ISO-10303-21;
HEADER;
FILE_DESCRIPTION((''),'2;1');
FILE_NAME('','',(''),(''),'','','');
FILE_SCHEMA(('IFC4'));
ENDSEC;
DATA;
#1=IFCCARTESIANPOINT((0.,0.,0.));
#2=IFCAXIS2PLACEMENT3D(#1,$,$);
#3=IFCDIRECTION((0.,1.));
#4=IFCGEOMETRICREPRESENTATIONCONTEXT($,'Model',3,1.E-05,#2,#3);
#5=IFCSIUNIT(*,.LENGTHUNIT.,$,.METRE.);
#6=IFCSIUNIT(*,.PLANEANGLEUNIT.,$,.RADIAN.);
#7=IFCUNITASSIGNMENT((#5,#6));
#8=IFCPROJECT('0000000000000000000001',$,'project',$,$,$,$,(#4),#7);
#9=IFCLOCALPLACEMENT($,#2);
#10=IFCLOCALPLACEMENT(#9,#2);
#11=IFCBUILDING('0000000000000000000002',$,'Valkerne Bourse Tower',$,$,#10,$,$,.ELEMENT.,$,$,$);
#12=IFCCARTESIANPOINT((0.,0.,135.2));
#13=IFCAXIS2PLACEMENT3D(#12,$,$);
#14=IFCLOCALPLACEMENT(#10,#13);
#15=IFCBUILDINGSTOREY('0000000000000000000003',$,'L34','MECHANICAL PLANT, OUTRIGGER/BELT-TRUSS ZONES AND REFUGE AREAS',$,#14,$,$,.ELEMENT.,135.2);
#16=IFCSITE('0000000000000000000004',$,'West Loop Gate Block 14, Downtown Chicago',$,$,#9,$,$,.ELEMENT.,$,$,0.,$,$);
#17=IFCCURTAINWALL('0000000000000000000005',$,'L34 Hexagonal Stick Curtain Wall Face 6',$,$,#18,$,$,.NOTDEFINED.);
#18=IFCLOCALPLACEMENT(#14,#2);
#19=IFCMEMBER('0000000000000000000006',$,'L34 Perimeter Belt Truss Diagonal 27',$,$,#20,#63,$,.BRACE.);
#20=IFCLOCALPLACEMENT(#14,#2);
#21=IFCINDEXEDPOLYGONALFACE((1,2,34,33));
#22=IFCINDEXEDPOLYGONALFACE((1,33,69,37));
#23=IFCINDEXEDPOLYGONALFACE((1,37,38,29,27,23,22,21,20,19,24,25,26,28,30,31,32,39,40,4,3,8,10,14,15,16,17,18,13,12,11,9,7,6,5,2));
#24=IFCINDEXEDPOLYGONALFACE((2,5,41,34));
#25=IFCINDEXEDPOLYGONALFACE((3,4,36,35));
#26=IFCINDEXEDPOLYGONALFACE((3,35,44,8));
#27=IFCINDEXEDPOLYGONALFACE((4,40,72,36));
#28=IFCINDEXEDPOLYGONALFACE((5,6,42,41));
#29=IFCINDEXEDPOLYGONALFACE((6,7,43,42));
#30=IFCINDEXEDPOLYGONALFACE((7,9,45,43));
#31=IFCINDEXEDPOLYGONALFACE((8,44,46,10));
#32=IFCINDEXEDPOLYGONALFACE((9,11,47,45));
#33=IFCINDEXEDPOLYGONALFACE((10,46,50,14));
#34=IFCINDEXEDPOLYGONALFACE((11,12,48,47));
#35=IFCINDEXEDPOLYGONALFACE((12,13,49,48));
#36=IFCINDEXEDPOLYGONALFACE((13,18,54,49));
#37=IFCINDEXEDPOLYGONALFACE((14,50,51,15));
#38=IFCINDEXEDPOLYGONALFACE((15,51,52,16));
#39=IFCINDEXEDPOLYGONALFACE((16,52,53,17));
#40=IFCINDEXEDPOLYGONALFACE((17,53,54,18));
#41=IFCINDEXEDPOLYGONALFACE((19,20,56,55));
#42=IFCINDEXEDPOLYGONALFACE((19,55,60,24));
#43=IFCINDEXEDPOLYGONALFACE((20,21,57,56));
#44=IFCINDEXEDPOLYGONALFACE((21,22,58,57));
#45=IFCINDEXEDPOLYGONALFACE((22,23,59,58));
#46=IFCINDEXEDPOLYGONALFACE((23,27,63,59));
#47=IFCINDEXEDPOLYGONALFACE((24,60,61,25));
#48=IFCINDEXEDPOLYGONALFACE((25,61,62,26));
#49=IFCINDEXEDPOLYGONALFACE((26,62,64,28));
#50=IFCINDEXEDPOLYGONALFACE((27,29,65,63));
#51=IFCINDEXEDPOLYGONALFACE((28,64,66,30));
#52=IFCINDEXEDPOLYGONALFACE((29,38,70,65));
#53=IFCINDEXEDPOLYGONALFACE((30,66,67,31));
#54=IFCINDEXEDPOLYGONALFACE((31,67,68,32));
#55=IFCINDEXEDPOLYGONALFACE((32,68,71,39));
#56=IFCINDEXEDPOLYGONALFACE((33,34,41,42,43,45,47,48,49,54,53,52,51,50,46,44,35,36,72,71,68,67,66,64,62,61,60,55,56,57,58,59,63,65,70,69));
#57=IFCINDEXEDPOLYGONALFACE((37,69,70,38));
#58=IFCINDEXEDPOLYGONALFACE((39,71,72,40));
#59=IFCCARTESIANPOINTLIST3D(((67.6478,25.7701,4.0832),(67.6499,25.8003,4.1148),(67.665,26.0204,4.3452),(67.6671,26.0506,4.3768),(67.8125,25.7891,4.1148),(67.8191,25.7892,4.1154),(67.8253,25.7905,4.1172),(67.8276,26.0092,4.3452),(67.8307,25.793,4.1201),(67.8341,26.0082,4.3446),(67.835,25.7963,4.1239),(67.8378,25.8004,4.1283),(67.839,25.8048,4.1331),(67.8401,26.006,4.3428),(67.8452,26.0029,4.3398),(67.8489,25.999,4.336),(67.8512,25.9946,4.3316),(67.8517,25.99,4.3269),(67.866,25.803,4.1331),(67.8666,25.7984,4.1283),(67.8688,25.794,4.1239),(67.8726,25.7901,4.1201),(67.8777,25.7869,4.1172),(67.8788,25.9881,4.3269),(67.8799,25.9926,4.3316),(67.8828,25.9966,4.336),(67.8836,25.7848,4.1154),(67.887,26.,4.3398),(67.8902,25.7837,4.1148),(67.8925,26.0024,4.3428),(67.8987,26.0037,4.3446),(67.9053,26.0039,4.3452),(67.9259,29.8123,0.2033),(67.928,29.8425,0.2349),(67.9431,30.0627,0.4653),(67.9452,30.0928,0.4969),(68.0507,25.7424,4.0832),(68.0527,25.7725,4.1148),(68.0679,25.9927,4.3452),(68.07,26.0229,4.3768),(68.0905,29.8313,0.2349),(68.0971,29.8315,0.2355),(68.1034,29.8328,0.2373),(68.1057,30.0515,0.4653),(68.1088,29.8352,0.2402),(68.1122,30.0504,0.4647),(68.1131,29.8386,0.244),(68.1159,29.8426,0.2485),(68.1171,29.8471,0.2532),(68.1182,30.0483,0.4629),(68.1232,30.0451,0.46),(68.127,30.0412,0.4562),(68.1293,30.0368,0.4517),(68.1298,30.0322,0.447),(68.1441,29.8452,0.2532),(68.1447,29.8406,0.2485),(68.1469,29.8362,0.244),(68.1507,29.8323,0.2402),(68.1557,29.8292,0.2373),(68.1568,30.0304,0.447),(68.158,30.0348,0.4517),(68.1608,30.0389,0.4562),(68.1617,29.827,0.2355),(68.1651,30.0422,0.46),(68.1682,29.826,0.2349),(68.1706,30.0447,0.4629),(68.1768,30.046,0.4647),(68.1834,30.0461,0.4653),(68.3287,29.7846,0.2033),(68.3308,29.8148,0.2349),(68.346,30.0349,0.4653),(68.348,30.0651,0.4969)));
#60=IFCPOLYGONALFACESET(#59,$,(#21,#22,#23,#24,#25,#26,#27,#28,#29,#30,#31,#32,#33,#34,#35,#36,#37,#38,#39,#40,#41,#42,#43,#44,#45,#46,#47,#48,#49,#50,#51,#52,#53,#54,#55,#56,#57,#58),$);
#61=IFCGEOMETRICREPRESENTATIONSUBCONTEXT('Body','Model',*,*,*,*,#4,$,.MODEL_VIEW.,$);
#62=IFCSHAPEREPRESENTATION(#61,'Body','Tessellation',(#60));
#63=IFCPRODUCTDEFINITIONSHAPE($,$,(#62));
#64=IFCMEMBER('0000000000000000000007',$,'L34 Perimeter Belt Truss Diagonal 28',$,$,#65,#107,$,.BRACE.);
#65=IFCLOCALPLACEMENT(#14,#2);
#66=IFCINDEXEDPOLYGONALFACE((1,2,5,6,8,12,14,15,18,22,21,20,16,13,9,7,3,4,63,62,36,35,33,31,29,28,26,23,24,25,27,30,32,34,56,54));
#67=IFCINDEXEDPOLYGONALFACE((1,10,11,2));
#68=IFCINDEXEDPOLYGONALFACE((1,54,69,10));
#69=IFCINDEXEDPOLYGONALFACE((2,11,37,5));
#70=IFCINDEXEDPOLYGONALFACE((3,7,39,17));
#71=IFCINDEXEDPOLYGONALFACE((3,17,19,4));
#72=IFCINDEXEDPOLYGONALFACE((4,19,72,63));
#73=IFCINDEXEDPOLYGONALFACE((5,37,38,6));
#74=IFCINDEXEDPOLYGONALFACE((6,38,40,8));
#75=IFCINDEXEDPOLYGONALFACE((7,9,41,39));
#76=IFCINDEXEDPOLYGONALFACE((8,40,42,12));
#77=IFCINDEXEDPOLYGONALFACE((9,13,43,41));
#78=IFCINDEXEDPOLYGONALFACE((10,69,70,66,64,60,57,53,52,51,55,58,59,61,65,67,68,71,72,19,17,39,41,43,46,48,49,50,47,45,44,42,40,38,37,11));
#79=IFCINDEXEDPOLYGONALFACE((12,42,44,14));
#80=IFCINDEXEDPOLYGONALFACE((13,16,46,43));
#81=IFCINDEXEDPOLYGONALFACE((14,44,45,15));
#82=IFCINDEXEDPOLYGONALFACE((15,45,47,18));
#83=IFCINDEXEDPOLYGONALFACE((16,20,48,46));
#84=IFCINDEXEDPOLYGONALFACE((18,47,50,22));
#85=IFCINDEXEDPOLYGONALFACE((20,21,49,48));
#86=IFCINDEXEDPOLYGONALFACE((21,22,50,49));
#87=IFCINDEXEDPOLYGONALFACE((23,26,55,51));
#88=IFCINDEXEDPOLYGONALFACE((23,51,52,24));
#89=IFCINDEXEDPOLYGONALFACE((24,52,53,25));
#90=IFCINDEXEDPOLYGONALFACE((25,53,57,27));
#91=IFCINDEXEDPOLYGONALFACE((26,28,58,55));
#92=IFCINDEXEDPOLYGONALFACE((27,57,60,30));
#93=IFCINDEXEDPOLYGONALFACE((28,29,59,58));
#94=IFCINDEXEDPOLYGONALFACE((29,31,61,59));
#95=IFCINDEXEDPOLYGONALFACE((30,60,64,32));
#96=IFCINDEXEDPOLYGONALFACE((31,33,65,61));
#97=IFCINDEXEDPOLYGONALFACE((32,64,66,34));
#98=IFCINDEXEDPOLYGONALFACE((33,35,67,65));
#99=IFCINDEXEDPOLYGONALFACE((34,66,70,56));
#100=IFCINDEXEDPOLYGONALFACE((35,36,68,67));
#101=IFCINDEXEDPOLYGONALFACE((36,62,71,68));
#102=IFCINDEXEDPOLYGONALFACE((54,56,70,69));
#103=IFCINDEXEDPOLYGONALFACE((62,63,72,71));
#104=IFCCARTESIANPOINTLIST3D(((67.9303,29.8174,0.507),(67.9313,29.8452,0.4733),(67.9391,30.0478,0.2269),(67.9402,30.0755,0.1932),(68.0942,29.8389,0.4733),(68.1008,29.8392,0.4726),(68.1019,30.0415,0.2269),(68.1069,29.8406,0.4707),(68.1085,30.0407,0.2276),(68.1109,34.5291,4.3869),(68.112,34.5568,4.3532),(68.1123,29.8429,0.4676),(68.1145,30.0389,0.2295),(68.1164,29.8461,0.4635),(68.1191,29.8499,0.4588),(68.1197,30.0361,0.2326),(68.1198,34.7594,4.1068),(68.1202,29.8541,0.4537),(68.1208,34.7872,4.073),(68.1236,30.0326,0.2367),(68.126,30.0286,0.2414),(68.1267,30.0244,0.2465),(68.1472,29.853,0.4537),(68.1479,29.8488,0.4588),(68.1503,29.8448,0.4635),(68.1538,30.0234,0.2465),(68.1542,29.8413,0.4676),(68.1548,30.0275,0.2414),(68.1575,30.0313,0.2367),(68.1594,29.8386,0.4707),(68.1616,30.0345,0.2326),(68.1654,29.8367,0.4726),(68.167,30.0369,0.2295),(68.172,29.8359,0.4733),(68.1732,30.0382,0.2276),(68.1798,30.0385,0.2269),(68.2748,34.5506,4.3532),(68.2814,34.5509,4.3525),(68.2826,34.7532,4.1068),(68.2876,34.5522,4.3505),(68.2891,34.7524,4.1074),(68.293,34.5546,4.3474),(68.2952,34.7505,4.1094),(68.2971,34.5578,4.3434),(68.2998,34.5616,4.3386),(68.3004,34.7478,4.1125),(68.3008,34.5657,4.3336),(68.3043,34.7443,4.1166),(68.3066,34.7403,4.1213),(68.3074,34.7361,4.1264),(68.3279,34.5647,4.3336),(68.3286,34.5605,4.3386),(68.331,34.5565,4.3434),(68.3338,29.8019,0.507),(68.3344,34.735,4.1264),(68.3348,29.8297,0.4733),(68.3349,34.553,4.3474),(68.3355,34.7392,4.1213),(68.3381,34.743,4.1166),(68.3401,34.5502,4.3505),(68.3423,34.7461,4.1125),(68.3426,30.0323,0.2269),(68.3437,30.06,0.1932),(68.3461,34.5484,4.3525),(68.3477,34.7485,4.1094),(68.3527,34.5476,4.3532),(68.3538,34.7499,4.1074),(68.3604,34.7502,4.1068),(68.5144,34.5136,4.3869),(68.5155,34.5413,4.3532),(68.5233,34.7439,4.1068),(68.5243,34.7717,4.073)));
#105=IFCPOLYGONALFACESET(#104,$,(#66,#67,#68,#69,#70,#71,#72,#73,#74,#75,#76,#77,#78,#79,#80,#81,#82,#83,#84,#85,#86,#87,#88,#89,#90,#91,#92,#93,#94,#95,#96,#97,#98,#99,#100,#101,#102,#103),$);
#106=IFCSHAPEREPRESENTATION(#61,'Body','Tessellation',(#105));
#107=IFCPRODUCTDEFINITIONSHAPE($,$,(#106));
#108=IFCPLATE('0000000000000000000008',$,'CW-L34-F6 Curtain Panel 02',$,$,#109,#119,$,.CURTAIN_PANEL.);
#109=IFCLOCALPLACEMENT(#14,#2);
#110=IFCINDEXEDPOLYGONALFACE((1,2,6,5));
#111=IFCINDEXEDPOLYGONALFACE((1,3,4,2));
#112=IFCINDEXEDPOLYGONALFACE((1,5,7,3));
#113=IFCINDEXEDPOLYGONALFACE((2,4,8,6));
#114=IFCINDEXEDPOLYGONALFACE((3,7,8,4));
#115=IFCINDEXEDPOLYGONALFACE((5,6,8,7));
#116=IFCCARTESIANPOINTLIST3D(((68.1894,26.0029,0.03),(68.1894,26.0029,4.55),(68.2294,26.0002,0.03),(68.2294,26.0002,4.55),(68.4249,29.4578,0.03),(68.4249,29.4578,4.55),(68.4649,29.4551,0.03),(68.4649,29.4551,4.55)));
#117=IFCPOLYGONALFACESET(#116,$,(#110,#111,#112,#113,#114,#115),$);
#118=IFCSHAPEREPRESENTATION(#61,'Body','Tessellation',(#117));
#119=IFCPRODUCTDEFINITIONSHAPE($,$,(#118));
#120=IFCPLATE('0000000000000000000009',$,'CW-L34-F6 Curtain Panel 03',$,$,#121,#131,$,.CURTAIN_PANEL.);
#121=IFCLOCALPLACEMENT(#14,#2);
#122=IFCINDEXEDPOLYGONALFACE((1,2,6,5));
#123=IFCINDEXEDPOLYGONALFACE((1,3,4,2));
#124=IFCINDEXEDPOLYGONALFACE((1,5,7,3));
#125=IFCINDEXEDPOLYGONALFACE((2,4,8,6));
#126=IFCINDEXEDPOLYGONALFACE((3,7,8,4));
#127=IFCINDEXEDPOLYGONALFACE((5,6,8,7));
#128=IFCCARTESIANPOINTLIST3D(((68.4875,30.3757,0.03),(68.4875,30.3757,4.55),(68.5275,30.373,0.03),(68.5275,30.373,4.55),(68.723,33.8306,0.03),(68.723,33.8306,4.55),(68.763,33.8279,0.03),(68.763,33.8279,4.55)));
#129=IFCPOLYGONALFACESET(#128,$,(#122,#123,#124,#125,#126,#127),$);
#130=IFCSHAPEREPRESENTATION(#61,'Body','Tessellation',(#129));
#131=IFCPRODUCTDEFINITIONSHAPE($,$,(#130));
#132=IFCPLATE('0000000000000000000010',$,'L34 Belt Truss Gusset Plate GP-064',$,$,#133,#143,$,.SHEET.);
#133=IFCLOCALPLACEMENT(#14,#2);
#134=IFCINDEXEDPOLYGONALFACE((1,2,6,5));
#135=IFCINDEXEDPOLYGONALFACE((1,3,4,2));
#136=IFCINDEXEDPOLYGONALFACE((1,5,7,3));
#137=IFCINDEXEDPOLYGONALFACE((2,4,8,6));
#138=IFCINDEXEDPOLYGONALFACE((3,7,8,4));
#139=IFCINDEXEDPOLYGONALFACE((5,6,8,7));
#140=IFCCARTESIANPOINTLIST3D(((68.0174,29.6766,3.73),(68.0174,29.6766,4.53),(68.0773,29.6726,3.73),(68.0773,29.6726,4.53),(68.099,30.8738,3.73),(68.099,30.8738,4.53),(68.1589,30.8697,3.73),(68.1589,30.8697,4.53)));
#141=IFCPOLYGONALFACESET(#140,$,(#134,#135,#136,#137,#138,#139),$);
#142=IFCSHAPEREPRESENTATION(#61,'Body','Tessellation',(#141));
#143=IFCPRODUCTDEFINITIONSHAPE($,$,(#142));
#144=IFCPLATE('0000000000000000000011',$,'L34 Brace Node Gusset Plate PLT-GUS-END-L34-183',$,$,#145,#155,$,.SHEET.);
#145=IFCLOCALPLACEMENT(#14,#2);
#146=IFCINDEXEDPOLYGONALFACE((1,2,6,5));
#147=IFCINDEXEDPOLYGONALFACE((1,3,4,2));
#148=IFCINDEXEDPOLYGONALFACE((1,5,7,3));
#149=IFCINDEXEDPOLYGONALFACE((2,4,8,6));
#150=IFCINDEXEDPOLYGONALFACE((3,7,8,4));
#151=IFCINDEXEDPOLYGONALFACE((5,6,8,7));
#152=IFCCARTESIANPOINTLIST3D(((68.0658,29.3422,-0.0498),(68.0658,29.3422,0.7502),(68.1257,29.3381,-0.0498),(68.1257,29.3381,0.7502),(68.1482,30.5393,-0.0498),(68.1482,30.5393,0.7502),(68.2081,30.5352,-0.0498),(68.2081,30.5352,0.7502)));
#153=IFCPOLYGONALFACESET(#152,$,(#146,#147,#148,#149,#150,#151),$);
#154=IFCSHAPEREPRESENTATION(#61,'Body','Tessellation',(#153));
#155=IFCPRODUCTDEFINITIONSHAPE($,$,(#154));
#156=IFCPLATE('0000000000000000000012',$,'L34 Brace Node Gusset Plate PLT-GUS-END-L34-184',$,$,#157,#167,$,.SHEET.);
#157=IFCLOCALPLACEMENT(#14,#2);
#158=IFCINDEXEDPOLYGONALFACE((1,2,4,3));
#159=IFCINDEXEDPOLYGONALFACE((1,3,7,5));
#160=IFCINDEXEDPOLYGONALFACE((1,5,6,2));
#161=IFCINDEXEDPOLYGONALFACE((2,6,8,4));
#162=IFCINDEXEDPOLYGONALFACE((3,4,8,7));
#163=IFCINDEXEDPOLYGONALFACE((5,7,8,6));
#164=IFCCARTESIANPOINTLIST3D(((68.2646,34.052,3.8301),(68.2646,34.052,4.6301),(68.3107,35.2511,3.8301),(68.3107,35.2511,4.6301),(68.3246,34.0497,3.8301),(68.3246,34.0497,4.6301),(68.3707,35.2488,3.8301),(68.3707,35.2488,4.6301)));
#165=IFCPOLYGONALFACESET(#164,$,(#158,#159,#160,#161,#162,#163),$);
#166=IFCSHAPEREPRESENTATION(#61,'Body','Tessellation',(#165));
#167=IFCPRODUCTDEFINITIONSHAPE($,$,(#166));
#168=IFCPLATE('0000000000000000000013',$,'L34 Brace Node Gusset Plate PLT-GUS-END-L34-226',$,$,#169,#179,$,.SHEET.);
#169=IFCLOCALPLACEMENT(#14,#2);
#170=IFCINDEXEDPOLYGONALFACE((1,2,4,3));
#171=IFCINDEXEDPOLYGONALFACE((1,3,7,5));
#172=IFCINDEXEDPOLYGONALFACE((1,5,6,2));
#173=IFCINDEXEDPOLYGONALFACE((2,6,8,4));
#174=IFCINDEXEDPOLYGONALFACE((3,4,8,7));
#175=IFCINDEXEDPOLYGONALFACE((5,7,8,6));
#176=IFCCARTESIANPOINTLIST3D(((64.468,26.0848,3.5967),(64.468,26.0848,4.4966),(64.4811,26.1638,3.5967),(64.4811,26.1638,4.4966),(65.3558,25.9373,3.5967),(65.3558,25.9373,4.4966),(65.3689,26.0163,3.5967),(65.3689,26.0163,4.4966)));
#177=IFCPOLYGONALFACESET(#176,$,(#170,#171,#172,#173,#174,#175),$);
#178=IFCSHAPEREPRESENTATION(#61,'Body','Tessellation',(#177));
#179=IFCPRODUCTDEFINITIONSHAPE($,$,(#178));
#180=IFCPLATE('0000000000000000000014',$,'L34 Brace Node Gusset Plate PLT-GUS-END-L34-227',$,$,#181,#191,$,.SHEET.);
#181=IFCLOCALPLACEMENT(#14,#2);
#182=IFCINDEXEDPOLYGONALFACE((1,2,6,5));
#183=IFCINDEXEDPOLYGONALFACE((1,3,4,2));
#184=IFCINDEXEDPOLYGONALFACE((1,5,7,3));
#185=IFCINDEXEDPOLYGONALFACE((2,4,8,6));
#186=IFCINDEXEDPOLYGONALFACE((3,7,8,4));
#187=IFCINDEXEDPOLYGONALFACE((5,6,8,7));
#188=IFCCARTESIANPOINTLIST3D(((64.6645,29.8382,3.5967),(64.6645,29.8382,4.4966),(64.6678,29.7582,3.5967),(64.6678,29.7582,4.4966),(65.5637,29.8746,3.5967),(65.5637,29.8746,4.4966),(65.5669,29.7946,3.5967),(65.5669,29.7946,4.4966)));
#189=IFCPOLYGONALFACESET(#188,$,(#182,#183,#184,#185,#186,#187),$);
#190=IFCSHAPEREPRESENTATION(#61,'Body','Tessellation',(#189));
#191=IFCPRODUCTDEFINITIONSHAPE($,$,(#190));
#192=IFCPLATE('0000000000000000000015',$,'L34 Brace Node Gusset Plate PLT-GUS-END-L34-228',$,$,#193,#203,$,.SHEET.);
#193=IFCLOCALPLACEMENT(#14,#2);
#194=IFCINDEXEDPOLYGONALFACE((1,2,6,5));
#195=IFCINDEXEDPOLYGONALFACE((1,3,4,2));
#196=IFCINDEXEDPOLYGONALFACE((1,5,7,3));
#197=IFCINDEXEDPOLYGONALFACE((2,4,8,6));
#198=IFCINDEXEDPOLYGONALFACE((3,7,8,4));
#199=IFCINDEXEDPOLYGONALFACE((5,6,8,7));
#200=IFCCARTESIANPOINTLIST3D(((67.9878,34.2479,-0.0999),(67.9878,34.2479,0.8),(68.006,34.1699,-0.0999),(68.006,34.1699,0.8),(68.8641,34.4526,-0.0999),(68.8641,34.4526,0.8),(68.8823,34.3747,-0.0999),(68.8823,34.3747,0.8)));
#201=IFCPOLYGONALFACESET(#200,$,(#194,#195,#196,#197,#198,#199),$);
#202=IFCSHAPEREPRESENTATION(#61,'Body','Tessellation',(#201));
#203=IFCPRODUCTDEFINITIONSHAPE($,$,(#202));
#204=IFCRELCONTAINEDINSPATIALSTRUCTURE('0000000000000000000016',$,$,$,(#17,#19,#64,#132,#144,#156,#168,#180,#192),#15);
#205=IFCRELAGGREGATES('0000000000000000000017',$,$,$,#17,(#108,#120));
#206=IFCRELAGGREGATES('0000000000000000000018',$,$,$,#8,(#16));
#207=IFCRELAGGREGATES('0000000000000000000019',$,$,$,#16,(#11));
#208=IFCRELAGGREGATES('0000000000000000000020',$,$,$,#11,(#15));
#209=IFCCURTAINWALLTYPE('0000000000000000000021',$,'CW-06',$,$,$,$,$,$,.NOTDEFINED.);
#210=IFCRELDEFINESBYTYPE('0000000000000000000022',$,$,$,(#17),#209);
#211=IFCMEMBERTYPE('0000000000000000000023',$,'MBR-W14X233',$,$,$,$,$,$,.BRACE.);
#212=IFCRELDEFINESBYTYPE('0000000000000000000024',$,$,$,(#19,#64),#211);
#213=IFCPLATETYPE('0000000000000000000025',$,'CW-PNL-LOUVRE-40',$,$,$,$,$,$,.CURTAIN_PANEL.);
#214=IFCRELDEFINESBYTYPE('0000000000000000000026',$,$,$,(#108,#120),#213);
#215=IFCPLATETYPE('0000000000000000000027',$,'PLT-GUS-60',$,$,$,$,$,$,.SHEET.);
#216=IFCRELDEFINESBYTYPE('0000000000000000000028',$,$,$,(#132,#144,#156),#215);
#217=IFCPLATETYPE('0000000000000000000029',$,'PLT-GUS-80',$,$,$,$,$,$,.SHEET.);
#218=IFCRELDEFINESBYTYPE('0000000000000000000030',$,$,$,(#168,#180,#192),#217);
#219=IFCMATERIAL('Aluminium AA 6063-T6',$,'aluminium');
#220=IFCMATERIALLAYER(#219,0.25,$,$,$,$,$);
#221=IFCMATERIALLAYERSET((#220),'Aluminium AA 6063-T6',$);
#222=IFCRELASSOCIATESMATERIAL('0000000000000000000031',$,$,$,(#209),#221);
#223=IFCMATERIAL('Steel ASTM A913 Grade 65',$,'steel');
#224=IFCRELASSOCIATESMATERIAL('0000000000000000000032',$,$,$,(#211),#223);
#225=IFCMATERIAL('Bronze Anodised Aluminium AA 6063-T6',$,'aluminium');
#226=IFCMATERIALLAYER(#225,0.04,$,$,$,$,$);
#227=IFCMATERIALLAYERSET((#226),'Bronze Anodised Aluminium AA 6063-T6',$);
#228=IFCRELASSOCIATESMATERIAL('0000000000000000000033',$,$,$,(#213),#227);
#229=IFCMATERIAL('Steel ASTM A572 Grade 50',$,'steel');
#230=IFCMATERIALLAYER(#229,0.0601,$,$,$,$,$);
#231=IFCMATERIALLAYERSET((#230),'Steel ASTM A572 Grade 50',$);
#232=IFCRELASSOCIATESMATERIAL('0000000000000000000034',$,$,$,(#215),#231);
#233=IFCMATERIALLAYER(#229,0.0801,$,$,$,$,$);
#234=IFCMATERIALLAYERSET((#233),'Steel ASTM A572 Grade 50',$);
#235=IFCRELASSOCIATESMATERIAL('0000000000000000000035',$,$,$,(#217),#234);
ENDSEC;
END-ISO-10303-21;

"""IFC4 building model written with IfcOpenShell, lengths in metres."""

from ifc_helpers import new_model, si_unit, direction, frame, origin, origin_2d, place, context, subcontext, project, spatial, rectangle, i_section, extrude, material, layer, layer_set, material_profile, profile_set, type_object, element, aggregate, save


model = new_model("IFC4")

# Units and contexts
model_context = context("Model", 3, precision=1e-05, world=origin(), true_north=direction((0.0, 1.0)))
body_context = subcontext(model_context, "Body", "Model", "MODEL_VIEW")
ifc_project = project(units=[si_unit("LENGTHUNIT", "METRE"), si_unit("PLANEANGLEUNIT", "RADIAN")], contexts=[model_context])

# Site, building, storey
site_placement = place(None, origin())
site = spatial("IfcSite", under=ifc_project, at=site_placement, Name="West Loop Gate Block 14, Downtown Chicago", CompositionType="ELEMENT", RefElevation=0.0)
building_placement = place(site_placement, origin())
building = spatial("IfcBuilding", under=site, at=building_placement, Name="Valkerne Bourse Tower", CompositionType="ELEMENT")
storey_placement = place(building_placement, frame((0.0, 0.0, 135.2)))
storey = spatial("IfcBuildingStorey", under=building, at=storey_placement, Name="L34", Description="MECHANICAL PLANT, OUTRIGGER/BELT-TRUSS ZONES AND REFUGE AREAS", CompositionType="ELEMENT", Elevation=135.2)

# Shared definitions
ifc_material_1 = material(Name="Steel ASTM A913 Grade 65", Category="steel")

# Curtain wall
ifc_material_2 = material(Name="Aluminium AA 6063-T6", Category="aluminium")
ifc_layer_1 = layer(ifc_material_2, 0.25)
ifc_layer_set_1 = layer_set([ifc_layer_1], Name="Aluminium AA 6063-T6")
curtain_wall_type = type_object("IfcCurtainWallType", Name="CW-06", PredefinedType="NOTDEFINED", material=ifc_layer_set_1)
curtain_wall_placement = place(storey_placement, origin())
curtain_wall = element("IfcCurtainWall", 1, at=curtain_wall_placement, inside=storey, type_object=curtain_wall_type, Name="L34 Hexagonal Stick Curtain Wall Face 6", PredefinedType="NOTDEFINED")

# Members
ifc_material_profile_1 = material_profile(ifc_material_1, i_section(OverallWidth=0.4038, OverallDepth=0.4065, WebThickness=0.0271, FlangeThickness=0.0437, FilletRadius=0.0254, at=origin_2d()), Name="W14X233")
ifc_profile_set_1 = profile_set([ifc_material_profile_1], Name="Steel ASTM A913 Grade 65")
member_type_1 = type_object("IfcMemberType", Name="MBR-W14X233", PredefinedType="BRACE", material=ifc_profile_set_1)
member_1_placement = place(storey_placement, frame((68.137, 29.9387, 0.3501), z_axis=(-0.049569, -0.72056, 0.691619), x_axis=(0.997642, -0.06863, 0.0)))
element("IfcMember", 2, at=member_1_placement, inside=storey, type_object=member_type_1, Name="L34 Perimeter Belt Truss Diagonal 27", PredefinedType="BRACE", context=body_context, shape_type="SweptSolid", body=[
    extrude(i_section(OverallWidth=0.4038, OverallDepth=0.4065, WebThickness=0.0271, FlangeThickness=0.0437, FilletRadius=0.0254, at=origin_2d()), origin(), (0.0, 0.0, 1.0), 5.6099),
])
member_2_placement = place(storey_placement, frame((68.137, 29.9387, 0.3501), z_axis=(0.029587, 0.771618, 0.635398), x_axis=(-0.999266, 0.038316, 0.0)))
element("IfcMember", 3, at=member_2_placement, inside=storey, type_object=member_type_1, Name="L34 Perimeter Belt Truss Diagonal 28", PredefinedType="BRACE", context=body_context, shape_type="SweptSolid", body=[
    extrude(i_section(OverallWidth=0.4038, OverallDepth=0.4065, WebThickness=0.0271, FlangeThickness=0.0437, FilletRadius=0.0254, at=origin_2d()), origin(), (0.0, 0.0, 1.0), 6.1062),
])

# Plates
ifc_material_3 = material(Name="Bronze Anodised Aluminium AA 6063-T6", Category="aluminium")
ifc_layer_2 = layer(ifc_material_3, 0.04)
ifc_layer_set_2 = layer_set([ifc_layer_2], Name="Bronze Anodised Aluminium AA 6063-T6")
plate_type_1 = type_object("IfcPlateType", Name="CW-PNL-LOUVRE-40", PredefinedType="CURTAIN_PANEL", material=ifc_layer_set_2)
plate_1_placement = place(storey_placement, frame((68.3271, 27.729, 0.03), z_axis=(0.0, 0.0, 1.0), x_axis=(0.068012, 0.997685, 0.0)))
plate_1 = element("IfcPlate", 4, at=plate_1_placement, type_object=plate_type_1, Name="CW-L34-F6 Curtain Panel 02", PredefinedType="CURTAIN_PANEL", context=body_context, shape_type="SweptSolid", body=[
    extrude(rectangle(XDim=3.4629, YDim=0.04, at=origin_2d()), origin(), (0.0, 0.0, 1.0), 4.52),
])
plate_2_placement = place(storey_placement, frame((68.6252, 32.1018, 0.03), z_axis=(0.0, 0.0, 1.0), x_axis=(0.068014, 0.997684, 0.0)))
plate_2 = element("IfcPlate", 5, at=plate_2_placement, type_object=plate_type_1, Name="CW-L34-F6 Curtain Panel 03", PredefinedType="CURTAIN_PANEL", context=body_context, shape_type="SweptSolid", body=[
    extrude(rectangle(XDim=3.4629, YDim=0.04, at=origin_2d()), origin(), (0.0, 0.0, 1.0), 4.52),
])
aggregate(curtain_wall, [plate_1, plate_2])

# Plates
ifc_material_4 = material(Name="Steel ASTM A572 Grade 50", Category="steel")
ifc_layer_3 = layer(ifc_material_4, 0.0601)
ifc_layer_set_3 = layer_set([ifc_layer_3], Name="Steel ASTM A572 Grade 50")
plate_type_2 = type_object("IfcPlateType", Name="PLT-GUS-60", PredefinedType="SHEET", material=ifc_layer_set_3)
for number, where, z_axis, x_axis, name in (
    (6, (68.0881, 30.2732, 3.73), (0.0, 0.0, 1.0), (0.068015, 0.997684, 0.0), "L34 Belt Truss Gusset Plate GP-064"),
    (7, (68.137, 29.9387, -0.0498), (0.0, 0.0, 1.0), (-0.068712, -0.997637, 0.0), "L34 Brace Node Gusset Plate PLT-GUS-END-L34-183"),
    (8, (68.3176, 34.6504, 3.8301), (0.0, 0.0, 1.0), (0.038388, 0.999263, 0.0), "L34 Brace Node Gusset Plate PLT-GUS-END-L34-184"),
):
    element("IfcPlate", number, at=place(storey_placement, frame(where, z_axis=z_axis, x_axis=x_axis)), inside=storey, type_object=plate_type_2, Name=name, PredefinedType="SHEET", context=body_context, shape_type="SweptSolid", body=[
        extrude(rectangle(XDim=1.2, YDim=0.0601, at=origin_2d()), origin(), (0.0, 0.0, 1.0), 0.8),
    ])
ifc_layer_4 = layer(ifc_material_4, 0.0801)
ifc_layer_set_4 = layer_set([ifc_layer_4], Name="Steel ASTM A572 Grade 50")
plate_type_3 = type_object("IfcPlateType", Name="PLT-GUS-80", PredefinedType="SHEET", material=ifc_layer_set_4)
for number, where, z_axis, x_axis, name in (
    (9, (64.9185, 26.0505, 3.5967), (0.0, 0.0, 1.0), (-0.986487, 0.163843, 0.0), "L34 Brace Node Gusset Plate PLT-GUS-END-L34-226"),
    (10, (65.1157, 29.8164, 3.5967), (0.0, 0.0, 1.0), (-0.99918, -0.040481, 0.0), "L34 Brace Node Gusset Plate PLT-GUS-END-L34-227"),
    (11, (68.4351, 34.3113, -0.0999), (0.0, 0.0, 1.0), (-0.973778, -0.227501, 0.0), "L34 Brace Node Gusset Plate PLT-GUS-END-L34-228"),
):
    element("IfcPlate", number, at=place(storey_placement, frame(where, z_axis=z_axis, x_axis=x_axis)), inside=storey, type_object=plate_type_3, Name=name, PredefinedType="SHEET", context=body_context, shape_type="SweptSolid", body=[
        extrude(rectangle(XDim=0.8999, YDim=0.0801, at=origin_2d()), origin(), (0.0, 0.0, 1.0), 0.8999),
    ])

save(model, "model.ifc")
